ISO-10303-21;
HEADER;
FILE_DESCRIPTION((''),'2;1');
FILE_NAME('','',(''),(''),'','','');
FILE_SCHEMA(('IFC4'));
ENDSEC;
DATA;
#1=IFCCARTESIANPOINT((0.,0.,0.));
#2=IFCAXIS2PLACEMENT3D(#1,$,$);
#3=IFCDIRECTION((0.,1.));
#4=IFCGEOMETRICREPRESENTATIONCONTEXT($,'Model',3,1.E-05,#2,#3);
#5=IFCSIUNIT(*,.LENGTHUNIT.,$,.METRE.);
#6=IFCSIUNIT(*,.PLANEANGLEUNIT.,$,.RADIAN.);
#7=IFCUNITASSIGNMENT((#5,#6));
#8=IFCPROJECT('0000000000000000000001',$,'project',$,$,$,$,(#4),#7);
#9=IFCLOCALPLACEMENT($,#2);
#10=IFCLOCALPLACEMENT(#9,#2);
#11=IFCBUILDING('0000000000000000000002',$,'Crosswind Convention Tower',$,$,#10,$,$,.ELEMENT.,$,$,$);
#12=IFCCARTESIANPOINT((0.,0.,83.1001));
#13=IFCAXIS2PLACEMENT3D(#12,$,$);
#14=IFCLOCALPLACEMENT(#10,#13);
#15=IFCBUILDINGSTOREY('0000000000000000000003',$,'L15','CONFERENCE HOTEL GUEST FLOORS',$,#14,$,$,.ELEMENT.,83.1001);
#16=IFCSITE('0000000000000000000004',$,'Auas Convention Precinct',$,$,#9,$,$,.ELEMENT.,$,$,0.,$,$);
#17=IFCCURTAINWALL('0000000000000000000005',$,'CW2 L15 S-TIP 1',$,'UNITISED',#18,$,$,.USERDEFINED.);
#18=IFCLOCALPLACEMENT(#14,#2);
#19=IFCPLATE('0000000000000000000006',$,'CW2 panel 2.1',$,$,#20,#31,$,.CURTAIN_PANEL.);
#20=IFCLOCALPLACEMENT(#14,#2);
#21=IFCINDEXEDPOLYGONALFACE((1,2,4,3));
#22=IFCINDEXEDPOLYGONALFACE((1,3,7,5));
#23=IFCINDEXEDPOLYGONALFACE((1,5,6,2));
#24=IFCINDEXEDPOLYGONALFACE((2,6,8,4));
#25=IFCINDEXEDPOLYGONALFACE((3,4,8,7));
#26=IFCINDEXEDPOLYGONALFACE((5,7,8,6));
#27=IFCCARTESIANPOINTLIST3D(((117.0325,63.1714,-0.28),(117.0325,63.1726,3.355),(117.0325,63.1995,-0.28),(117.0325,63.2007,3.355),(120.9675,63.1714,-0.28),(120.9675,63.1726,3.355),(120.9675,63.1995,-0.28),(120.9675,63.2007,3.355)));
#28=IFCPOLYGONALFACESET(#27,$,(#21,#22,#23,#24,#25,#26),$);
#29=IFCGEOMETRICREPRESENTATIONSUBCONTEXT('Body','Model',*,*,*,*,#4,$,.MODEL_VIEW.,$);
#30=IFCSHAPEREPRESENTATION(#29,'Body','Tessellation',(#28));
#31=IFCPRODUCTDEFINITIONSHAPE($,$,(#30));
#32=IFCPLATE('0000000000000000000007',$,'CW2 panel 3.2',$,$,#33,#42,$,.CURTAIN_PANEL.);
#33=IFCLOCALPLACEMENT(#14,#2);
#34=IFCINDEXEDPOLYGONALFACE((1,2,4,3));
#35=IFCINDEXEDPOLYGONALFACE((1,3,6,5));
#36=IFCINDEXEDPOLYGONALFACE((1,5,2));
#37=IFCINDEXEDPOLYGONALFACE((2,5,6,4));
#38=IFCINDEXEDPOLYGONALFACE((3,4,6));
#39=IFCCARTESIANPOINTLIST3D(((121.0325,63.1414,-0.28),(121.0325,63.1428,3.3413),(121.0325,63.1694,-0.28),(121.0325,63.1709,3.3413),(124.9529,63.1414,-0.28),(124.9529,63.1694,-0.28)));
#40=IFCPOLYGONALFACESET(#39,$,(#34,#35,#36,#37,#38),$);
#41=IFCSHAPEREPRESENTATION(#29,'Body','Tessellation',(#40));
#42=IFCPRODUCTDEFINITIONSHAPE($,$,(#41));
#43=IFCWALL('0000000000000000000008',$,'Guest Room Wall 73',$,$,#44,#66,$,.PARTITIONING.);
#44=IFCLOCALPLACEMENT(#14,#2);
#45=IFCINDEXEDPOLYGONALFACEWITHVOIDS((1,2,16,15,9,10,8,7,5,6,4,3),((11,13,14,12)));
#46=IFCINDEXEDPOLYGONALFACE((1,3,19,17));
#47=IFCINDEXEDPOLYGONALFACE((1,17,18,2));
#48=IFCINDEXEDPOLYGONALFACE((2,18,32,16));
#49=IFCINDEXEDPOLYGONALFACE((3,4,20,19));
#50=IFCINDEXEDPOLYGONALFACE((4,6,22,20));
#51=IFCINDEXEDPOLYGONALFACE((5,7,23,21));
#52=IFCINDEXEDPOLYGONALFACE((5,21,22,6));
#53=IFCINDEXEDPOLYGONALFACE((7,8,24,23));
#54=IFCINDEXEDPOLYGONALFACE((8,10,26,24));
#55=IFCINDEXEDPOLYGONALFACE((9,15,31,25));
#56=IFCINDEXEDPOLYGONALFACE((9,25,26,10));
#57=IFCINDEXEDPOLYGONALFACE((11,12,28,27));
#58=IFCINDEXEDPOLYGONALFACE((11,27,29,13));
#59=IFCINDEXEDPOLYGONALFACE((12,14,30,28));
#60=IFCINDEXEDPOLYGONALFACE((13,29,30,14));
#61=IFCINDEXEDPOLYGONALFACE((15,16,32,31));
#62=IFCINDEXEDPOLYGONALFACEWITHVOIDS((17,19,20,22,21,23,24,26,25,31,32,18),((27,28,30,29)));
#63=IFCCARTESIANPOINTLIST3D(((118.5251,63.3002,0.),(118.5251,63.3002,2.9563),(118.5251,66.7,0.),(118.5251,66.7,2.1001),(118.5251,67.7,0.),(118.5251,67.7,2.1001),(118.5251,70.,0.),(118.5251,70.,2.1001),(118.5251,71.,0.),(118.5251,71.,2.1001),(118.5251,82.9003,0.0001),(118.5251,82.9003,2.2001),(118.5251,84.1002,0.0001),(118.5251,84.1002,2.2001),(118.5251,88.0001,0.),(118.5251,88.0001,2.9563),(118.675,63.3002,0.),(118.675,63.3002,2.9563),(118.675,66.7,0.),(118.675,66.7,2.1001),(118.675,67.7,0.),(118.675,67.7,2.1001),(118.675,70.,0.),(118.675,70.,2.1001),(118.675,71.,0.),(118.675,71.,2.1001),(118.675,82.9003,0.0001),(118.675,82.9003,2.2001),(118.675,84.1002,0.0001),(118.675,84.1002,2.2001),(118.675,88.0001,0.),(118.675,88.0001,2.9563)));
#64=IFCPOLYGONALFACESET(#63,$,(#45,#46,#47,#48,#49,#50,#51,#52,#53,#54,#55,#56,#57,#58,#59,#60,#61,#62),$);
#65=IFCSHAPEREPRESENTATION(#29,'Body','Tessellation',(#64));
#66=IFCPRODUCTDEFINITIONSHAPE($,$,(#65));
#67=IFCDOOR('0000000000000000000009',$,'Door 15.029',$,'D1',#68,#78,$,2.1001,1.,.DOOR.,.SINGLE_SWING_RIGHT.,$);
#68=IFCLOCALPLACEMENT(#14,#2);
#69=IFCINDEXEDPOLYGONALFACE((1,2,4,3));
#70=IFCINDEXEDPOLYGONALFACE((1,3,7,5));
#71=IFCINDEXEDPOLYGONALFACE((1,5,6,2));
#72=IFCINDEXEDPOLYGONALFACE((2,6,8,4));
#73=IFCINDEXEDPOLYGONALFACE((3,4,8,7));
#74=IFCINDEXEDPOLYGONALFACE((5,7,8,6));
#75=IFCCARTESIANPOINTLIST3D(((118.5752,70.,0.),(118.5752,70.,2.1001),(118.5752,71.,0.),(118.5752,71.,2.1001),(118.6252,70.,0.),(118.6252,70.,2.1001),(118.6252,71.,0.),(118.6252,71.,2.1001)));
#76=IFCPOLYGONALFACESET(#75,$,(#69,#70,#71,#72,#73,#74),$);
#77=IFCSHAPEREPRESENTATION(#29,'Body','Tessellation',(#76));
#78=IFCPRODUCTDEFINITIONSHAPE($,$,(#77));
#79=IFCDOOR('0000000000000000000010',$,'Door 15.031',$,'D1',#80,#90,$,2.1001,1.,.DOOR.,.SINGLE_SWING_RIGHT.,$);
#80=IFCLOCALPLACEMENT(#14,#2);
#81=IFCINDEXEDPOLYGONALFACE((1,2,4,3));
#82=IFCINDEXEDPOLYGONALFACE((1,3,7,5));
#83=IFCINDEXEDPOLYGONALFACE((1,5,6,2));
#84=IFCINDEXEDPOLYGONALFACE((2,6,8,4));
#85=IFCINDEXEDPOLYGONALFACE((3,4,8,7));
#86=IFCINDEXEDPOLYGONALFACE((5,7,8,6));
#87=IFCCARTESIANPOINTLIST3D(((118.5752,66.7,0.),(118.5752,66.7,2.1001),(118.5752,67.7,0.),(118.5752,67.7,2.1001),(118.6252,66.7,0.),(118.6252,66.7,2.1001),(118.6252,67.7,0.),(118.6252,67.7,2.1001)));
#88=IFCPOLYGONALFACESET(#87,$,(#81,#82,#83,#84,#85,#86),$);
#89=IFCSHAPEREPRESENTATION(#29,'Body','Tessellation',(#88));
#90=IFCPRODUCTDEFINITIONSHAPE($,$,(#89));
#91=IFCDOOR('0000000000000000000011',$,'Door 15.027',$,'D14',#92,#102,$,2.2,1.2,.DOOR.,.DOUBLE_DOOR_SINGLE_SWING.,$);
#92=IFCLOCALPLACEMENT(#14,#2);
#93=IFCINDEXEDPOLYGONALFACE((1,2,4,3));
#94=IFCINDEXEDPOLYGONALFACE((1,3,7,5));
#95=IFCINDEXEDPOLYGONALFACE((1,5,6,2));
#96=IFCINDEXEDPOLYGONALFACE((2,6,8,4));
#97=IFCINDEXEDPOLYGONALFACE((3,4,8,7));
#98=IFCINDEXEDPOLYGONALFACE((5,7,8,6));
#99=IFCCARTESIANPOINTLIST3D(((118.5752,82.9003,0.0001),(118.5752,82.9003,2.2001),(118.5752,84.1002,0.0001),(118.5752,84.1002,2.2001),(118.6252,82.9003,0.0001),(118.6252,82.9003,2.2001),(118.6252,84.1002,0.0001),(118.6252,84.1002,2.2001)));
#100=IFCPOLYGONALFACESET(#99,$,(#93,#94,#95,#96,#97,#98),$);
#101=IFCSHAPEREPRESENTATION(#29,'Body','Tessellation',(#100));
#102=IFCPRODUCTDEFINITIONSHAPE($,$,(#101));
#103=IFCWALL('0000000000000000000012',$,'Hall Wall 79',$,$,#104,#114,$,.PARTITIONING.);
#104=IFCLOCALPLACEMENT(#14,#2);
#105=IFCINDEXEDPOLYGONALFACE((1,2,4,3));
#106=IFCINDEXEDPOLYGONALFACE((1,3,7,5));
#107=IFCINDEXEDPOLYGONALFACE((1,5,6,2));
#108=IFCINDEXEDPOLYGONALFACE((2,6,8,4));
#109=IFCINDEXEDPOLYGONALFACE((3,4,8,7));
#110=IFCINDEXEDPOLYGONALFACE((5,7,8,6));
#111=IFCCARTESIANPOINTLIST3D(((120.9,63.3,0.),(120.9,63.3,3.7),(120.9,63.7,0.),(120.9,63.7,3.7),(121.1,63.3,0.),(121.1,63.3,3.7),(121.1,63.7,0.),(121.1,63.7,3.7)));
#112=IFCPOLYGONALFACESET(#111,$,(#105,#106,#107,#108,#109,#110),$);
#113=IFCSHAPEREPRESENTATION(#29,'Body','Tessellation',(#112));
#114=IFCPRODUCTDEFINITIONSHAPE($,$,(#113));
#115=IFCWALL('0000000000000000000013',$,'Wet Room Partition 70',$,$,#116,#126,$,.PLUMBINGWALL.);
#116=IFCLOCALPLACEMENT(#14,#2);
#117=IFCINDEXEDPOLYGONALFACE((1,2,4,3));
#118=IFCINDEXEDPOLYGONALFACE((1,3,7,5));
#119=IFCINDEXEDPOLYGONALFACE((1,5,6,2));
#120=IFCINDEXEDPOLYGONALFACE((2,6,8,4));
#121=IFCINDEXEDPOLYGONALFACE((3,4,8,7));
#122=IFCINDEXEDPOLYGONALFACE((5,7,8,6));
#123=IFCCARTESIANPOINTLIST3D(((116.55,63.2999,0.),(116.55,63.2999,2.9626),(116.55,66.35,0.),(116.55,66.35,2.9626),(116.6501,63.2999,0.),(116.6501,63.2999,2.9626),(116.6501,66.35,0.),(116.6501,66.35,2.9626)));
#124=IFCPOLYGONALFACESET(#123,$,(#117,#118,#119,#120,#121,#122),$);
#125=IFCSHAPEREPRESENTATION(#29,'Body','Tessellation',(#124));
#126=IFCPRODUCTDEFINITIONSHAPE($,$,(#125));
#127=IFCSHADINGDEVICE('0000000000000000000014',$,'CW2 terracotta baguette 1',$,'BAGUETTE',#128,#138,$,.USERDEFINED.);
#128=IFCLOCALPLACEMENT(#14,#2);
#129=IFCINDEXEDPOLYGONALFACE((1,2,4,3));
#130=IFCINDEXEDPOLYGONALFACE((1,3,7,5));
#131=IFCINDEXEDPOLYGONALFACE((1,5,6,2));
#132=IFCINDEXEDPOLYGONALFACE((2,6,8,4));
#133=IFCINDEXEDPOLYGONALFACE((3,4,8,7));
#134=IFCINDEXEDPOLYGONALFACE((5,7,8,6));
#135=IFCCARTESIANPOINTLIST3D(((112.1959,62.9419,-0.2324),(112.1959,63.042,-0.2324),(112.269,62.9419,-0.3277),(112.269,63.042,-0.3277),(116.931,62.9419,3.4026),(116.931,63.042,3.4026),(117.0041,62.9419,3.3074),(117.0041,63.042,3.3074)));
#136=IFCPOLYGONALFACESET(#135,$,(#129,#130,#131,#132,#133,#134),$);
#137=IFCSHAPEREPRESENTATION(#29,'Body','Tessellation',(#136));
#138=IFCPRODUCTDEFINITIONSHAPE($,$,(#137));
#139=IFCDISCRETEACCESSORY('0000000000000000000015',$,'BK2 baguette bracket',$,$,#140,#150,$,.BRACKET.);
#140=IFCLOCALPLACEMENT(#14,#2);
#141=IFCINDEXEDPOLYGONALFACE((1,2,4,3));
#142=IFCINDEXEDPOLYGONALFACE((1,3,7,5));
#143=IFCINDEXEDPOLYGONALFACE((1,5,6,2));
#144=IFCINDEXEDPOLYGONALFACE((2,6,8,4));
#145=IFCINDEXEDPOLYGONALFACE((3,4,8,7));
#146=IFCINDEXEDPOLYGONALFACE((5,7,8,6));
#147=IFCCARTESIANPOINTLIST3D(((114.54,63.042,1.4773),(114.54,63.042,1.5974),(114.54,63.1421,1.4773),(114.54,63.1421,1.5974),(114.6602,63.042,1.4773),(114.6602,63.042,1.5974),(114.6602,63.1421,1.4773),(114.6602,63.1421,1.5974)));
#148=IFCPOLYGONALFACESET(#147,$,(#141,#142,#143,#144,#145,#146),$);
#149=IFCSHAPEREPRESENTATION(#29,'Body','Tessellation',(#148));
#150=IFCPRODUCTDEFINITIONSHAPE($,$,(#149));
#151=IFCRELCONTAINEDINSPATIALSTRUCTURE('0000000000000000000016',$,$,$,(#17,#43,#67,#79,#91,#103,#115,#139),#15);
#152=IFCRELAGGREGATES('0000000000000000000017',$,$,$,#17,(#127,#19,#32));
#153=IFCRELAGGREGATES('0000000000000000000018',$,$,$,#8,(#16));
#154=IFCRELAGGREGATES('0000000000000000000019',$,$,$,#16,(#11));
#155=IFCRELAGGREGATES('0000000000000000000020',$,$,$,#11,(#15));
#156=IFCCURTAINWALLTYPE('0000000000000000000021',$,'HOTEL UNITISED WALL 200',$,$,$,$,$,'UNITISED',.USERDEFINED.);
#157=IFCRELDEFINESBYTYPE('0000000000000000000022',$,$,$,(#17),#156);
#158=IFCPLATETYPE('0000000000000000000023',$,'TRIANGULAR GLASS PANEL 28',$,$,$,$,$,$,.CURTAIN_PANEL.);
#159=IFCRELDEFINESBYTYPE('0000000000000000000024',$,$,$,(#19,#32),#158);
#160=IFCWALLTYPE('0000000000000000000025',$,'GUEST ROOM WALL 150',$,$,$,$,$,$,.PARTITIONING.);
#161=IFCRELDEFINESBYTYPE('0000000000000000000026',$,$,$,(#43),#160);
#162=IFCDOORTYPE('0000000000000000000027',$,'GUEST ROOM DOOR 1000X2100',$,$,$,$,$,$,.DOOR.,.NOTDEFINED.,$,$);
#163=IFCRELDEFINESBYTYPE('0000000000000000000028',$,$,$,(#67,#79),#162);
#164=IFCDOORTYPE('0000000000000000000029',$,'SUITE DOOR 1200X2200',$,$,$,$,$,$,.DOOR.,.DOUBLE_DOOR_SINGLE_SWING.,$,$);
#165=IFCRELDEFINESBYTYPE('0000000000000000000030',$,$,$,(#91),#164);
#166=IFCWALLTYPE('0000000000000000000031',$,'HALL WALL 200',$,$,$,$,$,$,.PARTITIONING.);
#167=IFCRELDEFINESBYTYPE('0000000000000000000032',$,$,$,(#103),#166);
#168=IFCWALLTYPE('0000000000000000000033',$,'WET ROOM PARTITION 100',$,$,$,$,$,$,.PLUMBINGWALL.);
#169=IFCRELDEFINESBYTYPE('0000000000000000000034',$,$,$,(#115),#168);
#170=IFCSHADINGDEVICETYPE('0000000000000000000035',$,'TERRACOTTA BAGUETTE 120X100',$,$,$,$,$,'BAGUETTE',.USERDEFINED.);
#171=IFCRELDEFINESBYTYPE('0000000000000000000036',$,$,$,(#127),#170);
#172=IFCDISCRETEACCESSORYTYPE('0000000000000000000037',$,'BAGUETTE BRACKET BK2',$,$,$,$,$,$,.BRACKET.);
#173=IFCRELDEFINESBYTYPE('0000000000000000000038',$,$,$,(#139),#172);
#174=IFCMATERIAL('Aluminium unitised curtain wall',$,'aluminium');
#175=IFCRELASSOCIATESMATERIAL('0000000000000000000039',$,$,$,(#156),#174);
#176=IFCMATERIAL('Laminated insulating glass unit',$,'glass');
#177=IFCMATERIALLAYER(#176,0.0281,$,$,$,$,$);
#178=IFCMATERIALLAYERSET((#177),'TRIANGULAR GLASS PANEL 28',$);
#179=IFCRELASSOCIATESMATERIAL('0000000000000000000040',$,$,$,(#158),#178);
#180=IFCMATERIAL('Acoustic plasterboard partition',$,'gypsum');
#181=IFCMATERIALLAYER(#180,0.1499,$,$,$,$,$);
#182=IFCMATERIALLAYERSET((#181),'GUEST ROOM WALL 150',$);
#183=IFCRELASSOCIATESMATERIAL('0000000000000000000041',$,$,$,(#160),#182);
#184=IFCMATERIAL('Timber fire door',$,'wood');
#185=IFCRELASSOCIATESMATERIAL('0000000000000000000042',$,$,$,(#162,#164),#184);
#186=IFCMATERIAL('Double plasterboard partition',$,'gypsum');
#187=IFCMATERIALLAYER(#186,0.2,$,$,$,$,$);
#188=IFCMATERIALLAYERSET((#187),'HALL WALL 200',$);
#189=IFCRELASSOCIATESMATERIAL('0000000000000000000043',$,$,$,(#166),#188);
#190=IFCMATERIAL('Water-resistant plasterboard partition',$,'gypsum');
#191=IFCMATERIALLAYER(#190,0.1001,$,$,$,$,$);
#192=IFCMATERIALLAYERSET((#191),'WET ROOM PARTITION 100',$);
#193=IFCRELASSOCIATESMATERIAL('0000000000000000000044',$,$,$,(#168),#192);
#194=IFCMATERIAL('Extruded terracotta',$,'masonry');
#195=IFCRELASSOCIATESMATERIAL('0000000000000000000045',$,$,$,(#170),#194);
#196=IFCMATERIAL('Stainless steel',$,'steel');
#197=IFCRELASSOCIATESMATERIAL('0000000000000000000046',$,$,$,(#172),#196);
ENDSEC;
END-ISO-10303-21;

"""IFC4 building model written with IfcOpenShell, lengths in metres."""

from ifc_helpers import new_model, si_unit, direction, frame, frame_2d, origin, origin_2d, place, context, subcontext, project, spatial, polyline, rectangle, outline, extrude, material, layer, layer_set, material_profile, profile_set, type_object, element, fill, aggregate, save


model = new_model("IFC4")

# Units and contexts
model_context = context("Model", 3, precision=1e-05, world=origin(), true_north=direction((0.0, 1.0)))
body_context = subcontext(model_context, "Body", "Model", "MODEL_VIEW")
ifc_project = project(units=[si_unit("LENGTHUNIT", "METRE"), si_unit("PLANEANGLEUNIT", "RADIAN")], contexts=[model_context])

# Site, building, storey
site_placement = place(None, origin())
site = spatial("IfcSite", under=ifc_project, at=site_placement, Name="Auas Convention Precinct", CompositionType="ELEMENT", RefElevation=0.0)
building_placement = place(site_placement, origin())
building = spatial("IfcBuilding", under=site, at=building_placement, Name="Crosswind Convention Tower", CompositionType="ELEMENT")
storey_placement = place(building_placement, frame((0.0, 0.0, 83.1001)))
storey = spatial("IfcBuildingStorey", under=building, at=storey_placement, Name="L15", Description="CONFERENCE HOTEL GUEST FLOORS", CompositionType="ELEMENT", Elevation=83.1001)

# Curtain wall, plates
ifc_material_1 = material(Name="Aluminium unitised curtain wall", Category="aluminium")
curtain_wall_type = type_object("IfcCurtainWallType", Name="HOTEL UNITISED WALL 200", ElementType="UNITISED", PredefinedType="USERDEFINED", material=ifc_material_1)
curtain_wall_placement = place(storey_placement, origin())
curtain_wall = element("IfcCurtainWall", 1, at=curtain_wall_placement, inside=storey, type_object=curtain_wall_type, Name="CW2 L15 S-TIP 1", ObjectType="UNITISED", PredefinedType="USERDEFINED")
ifc_material_2 = material(Name="Laminated insulating glass unit", Category="glass")
ifc_layer_1 = layer(ifc_material_2, 0.0281)
ifc_layer_set_1 = layer_set([ifc_layer_1], Name="TRIANGULAR GLASS PANEL 28")
plate_type = type_object("IfcPlateType", Name="TRIANGULAR GLASS PANEL 28", PredefinedType="CURTAIN_PANEL", material=ifc_layer_set_1)
plate_1_placement = place(storey_placement, frame((117.0325, 63.1714, -0.28), z_axis=(0.0, -1.0, 0.000336), x_axis=(1.0, 0.0, 0.0)))
plate_1 = element("IfcPlate", 2, at=plate_1_placement, type_object=plate_type, Name="CW2 panel 2.1", PredefinedType="CURTAIN_PANEL", context=body_context, shape_type="SweptSolid", body=[
    extrude(outline(polyline([(0.0, 0.0), (3.9351, 0.0), (3.9351, 3.635), (0.0, 3.635), (0.0, 0.0)])), origin(), (0.0, 0.0, -1.0), 0.0281),
])
plate_2_placement = place(storey_placement, frame((121.0325, 63.1414, -0.28), z_axis=(0.0, -1.0, 0.000405), x_axis=(1.0, 0.0, 0.0)))
plate_2 = element("IfcPlate", 3, at=plate_2_placement, type_object=plate_type, Name="CW2 panel 3.2", PredefinedType="CURTAIN_PANEL", context=body_context, shape_type="SweptSolid", body=[
    extrude(outline(polyline([(0.0, 0.0), (3.9204, 0.0), (0.0, 3.6213), (0.0, 0.0)])), origin(), (0.0, 0.0, -1.0), 0.0281),
])

# Wall, openings, doors
ifc_material_3 = material(Name="Acoustic plasterboard partition", Category="gypsum")
ifc_layer_2 = layer(ifc_material_3, 0.1499)
ifc_layer_set_2 = layer_set([ifc_layer_2], Name="GUEST ROOM WALL 150")
wall_type_1 = type_object("IfcWallType", Name="GUEST ROOM WALL 150", PredefinedType="PARTITIONING", material=ifc_layer_set_2)
wall_1_placement = place(storey_placement, frame((118.6001, 63.3, 0.0), z_axis=(0.0, 0.0, 1.0), x_axis=(0.0, 1.0, 0.0)))
wall_1 = element("IfcWall", 4, at=wall_1_placement, inside=storey, type_object=wall_type_1, Name="Guest Room Wall 73", PredefinedType="PARTITIONING", context=body_context, shape_type="SweptSolid", body=[
    extrude(rectangle(XDim=24.7, YDim=0.1499, at=frame_2d((12.3501, 0.0))), origin(), (0.0, 0.0, 1.0), 2.9563),
])
opening_1_placement = place(wall_1_placement, frame((19.6001, 0.0, 0.0)))
opening_1 = element("IfcOpeningElement", 5, at=opening_1_placement, cuts=wall_1, PredefinedType="OPENING", context=body_context, shape_type="SweptSolid", body=[
    extrude(rectangle(XDim=1.2, YDim=2.2, at=frame_2d((0.6001, 1.1001))), frame((0.0, 0.085, 0.0), z_axis=(0.0, -1.0, 0.0), x_axis=(1.0, 0.0, 0.0)), (0.0, 0.0, 1.0), 0.1699),
])
opening_2_placement = place(wall_1_placement, frame((6.7, 0.0, 0.0)))
opening_2 = element("IfcOpeningElement", 6, at=opening_2_placement, cuts=wall_1, PredefinedType="OPENING", context=body_context, shape_type="SweptSolid", body=[
    extrude(rectangle(XDim=1.0, YDim=2.1001, at=frame_2d((0.5, 1.05))), frame((0.0, 0.085, 0.0), z_axis=(0.0, -1.0, 0.0), x_axis=(1.0, 0.0, 0.0)), (0.0, 0.0, 1.0), 0.1699),
])
opening_3_placement = place(wall_1_placement, frame((3.3999, 0.0, 0.0)))
opening_3 = element("IfcOpeningElement", 7, at=opening_3_placement, cuts=wall_1, PredefinedType="OPENING", context=body_context, shape_type="SweptSolid", body=[
    extrude(rectangle(XDim=1.0, YDim=2.1001, at=frame_2d((0.5, 1.05))), frame((0.0, 0.085, 0.0), z_axis=(0.0, -1.0, 0.0), x_axis=(1.0, 0.0, 0.0)), (0.0, 0.0, 1.0), 0.1699),
])
ifc_material_4 = material(Name="Timber fire door", Category="wood")
door_type_1 = type_object("IfcDoorType", Name="GUEST ROOM DOOR 1000X2100", OperationType="NOTDEFINED", PredefinedType="DOOR", material=ifc_material_4)
door_1_placement = place(opening_2_placement, origin())
door_1 = element("IfcDoor", 8, at=door_1_placement, inside=storey, type_object=door_type_1, Name="Door 15.029", ObjectType="D1", OperationType="SINGLE_SWING_RIGHT", OverallHeight=2.1001, OverallWidth=1.0, PredefinedType="DOOR", context=body_context, shape_type="SweptSolid", body=[
    extrude(rectangle(XDim=1.0, YDim=2.1001, at=frame_2d((0.5, 1.05))), frame((0.0, 0.0249, 0.0), z_axis=(0.0, -1.0, 0.0), x_axis=(1.0, 0.0, 0.0)), (0.0, 0.0, 1.0), 0.05),
])
fill(opening_2, door_1)
door_2_placement = place(opening_3_placement, origin())
door_2 = element("IfcDoor", 9, at=door_2_placement, inside=storey, type_object=door_type_1, Name="Door 15.031", ObjectType="D1", OperationType="SINGLE_SWING_RIGHT", OverallHeight=2.1001, OverallWidth=1.0, PredefinedType="DOOR", context=body_context, shape_type="SweptSolid", body=[
    extrude(rectangle(XDim=1.0, YDim=2.1001, at=frame_2d((0.5, 1.05))), frame((0.0, 0.0249, 0.0), z_axis=(0.0, -1.0, 0.0), x_axis=(1.0, 0.0, 0.0)), (0.0, 0.0, 1.0), 0.05),
])
fill(opening_3, door_2)
door_type_2 = type_object("IfcDoorType", Name="SUITE DOOR 1200X2200", OperationType="DOUBLE_DOOR_SINGLE_SWING", PredefinedType="DOOR", material=ifc_material_4)
door_3_placement = place(opening_1_placement, origin())
door_3 = element("IfcDoor", 10, at=door_3_placement, inside=storey, type_object=door_type_2, Name="Door 15.027", ObjectType="D14", OperationType="DOUBLE_DOOR_SINGLE_SWING", OverallHeight=2.2, OverallWidth=1.2, PredefinedType="DOOR", context=body_context, shape_type="SweptSolid", body=[
    extrude(rectangle(XDim=1.2, YDim=2.2, at=frame_2d((0.6001, 1.1001))), frame((0.0, 0.0249, 0.0), z_axis=(0.0, -1.0, 0.0), x_axis=(1.0, 0.0, 0.0)), (0.0, 0.0, 1.0), 0.05),
])
fill(opening_1, door_3)

# Walls
ifc_material_5 = material(Name="Double plasterboard partition", Category="gypsum")
ifc_layer_3 = layer(ifc_material_5, 0.2)
ifc_layer_set_3 = layer_set([ifc_layer_3], Name="HALL WALL 200")
wall_type_2 = type_object("IfcWallType", Name="HALL WALL 200", PredefinedType="PARTITIONING", material=ifc_layer_set_3)
wall_2_placement = place(storey_placement, frame((121.0, 63.3, 0.0), z_axis=(0.0, 0.0, 1.0), x_axis=(0.0, 1.0, 0.0)))
element("IfcWall", 11, at=wall_2_placement, inside=storey, type_object=wall_type_2, Name="Hall Wall 79", PredefinedType="PARTITIONING", context=body_context, shape_type="SweptSolid", body=[
    extrude(rectangle(XDim=0.3999, YDim=0.2, at=frame_2d((0.2, 0.0))), origin(), (0.0, 0.0, 1.0), 3.7),
])
ifc_material_6 = material(Name="Water-resistant plasterboard partition", Category="gypsum")
ifc_layer_4 = layer(ifc_material_6, 0.1001)
ifc_layer_set_4 = layer_set([ifc_layer_4], Name="WET ROOM PARTITION 100")
wall_type_3 = type_object("IfcWallType", Name="WET ROOM PARTITION 100", PredefinedType="PLUMBINGWALL", material=ifc_layer_set_4)
wall_3_placement = place(storey_placement, frame((116.6001, 63.3, 0.0), z_axis=(0.0, 0.0, 1.0), x_axis=(0.0, 1.0, 0.0)))
element("IfcWall", 12, at=wall_3_placement, inside=storey, type_object=wall_type_3, Name="Wet Room Partition 70", PredefinedType="PLUMBINGWALL", context=body_context, shape_type="SweptSolid", body=[
    extrude(rectangle(XDim=3.05, YDim=0.1001, at=frame_2d((1.5249, 0.0))), origin(), (0.0, 0.0, 1.0), 2.9626),
])

# Shading device
ifc_material_7 = material(Name="Extruded terracotta", Category="masonry")
ifc_material_profile_1 = material_profile(ifc_material_7, rectangle(XDim=0.1001, YDim=0.1201, at=origin_2d()), Name="TC 100X120")
ifc_profile_set_1 = profile_set([ifc_material_profile_1], Name="Extruded terracotta")
shading_device_type = type_object("IfcShadingDeviceType", Name="TERRACOTTA BAGUETTE 120X100", ElementType="BAGUETTE", PredefinedType="USERDEFINED", material=ifc_profile_set_1)
shading_device_placement = place(storey_placement, frame((112.2324, 62.9919, -0.28), z_axis=(0.793221, 0.0, 0.608934), x_axis=(0.0, 1.0, 0.0)))
shading_device = element("IfcShadingDevice", 13, at=shading_device_placement, type_object=shading_device_type, Name="CW2 terracotta baguette 1", ObjectType="BAGUETTE", PredefinedType="USERDEFINED", context=body_context, shape_type="SweptSolid", body=[
    extrude(rectangle(XDim=0.1001, YDim=0.1201, at=origin_2d()), origin(), (0.0, 0.0, 1.0), 5.9695),
])
aggregate(curtain_wall, [shading_device, plate_1, plate_2])

# Discrete accessory
ifc_material_8 = material(Name="Stainless steel", Category="steel")
discrete_accessory_type = type_object("IfcDiscreteAccessoryType", Name="BAGUETTE BRACKET BK2", PredefinedType="BRACKET", material=ifc_material_8)
discrete_accessory_placement = place(storey_placement, frame((114.6001, 63.092, 1.4773), z_axis=(0.0, 0.0, 1.0), x_axis=(1.0, 0.0, 0.0)))
element("IfcDiscreteAccessory", 14, at=discrete_accessory_placement, inside=storey, type_object=discrete_accessory_type, Name="BK2 baguette bracket", PredefinedType="BRACKET", context=body_context, shape_type="SweptSolid", body=[
    extrude(rectangle(XDim=0.1201, YDim=0.1001, at=origin_2d()), origin(), (0.0, 0.0, 1.0), 0.1201),
])

save(model, "model.ifc")
